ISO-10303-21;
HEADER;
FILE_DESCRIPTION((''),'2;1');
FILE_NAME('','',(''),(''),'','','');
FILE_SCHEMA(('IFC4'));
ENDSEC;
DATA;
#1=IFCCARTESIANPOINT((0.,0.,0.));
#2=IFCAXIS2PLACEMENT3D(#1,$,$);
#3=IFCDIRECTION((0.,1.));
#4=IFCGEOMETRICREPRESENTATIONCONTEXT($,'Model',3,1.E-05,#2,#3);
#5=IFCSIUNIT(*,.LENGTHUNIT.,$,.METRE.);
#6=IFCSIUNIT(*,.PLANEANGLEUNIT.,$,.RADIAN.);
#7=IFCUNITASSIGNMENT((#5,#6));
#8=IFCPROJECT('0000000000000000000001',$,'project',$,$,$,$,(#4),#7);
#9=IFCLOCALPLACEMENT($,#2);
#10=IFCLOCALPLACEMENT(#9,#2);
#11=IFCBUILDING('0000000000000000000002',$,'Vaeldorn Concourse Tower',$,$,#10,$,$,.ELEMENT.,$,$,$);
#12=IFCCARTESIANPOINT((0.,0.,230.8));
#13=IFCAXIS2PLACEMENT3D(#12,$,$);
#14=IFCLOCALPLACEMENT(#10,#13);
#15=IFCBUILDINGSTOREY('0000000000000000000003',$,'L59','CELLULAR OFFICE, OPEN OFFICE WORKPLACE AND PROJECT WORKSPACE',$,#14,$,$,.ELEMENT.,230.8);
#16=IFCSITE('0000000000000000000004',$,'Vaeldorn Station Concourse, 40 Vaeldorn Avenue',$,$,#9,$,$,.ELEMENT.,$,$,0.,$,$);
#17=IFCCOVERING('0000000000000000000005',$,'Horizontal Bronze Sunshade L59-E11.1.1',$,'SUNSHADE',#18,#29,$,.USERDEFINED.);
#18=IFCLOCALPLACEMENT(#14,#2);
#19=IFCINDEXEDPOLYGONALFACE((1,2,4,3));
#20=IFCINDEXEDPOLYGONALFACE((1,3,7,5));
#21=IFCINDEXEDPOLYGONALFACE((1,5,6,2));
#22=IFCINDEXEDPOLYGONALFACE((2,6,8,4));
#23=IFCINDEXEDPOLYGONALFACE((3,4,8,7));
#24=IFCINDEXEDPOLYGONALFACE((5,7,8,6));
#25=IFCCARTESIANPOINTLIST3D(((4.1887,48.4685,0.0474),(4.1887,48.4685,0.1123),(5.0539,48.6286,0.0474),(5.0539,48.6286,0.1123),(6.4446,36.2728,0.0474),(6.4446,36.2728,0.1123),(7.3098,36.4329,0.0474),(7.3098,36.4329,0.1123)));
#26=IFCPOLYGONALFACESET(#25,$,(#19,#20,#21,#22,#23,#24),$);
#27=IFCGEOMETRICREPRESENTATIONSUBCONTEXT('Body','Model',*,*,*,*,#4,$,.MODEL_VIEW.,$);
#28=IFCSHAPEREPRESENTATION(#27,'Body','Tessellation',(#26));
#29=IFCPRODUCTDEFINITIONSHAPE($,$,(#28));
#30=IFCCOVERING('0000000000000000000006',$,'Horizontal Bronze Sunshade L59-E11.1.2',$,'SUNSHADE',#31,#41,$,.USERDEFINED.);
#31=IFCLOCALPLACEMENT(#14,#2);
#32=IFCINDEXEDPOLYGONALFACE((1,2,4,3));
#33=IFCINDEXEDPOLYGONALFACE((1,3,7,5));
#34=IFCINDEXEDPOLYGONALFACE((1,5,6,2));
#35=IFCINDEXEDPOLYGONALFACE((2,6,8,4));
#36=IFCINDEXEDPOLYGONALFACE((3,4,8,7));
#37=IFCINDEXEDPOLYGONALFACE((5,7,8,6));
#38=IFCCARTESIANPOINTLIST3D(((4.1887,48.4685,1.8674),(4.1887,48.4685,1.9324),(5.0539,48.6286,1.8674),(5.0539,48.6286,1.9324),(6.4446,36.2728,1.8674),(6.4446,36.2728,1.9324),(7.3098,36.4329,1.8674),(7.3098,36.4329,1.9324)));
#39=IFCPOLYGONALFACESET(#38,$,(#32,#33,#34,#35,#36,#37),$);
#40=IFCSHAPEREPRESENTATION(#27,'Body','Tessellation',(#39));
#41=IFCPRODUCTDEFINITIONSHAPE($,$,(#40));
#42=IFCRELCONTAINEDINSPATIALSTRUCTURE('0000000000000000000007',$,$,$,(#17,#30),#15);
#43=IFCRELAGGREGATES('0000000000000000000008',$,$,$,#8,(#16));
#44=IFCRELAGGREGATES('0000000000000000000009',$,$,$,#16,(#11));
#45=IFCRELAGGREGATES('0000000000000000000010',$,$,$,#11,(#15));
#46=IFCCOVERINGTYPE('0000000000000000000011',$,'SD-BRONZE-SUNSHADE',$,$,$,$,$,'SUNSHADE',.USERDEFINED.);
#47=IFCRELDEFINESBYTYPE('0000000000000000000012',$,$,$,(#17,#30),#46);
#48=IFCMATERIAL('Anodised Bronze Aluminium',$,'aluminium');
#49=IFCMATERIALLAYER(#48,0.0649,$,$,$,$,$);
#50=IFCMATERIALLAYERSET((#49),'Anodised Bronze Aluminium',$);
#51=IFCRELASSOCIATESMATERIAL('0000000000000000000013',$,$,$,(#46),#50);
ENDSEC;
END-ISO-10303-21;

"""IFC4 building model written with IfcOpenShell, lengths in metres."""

from ifc_helpers import new_model, si_unit, direction, frame, origin, origin_2d, place, context, subcontext, project, spatial, rectangle, extrude, source, transform, mapped, material, layer, layer_set, type_object, element, save


model = new_model("IFC4")

# Units and contexts
model_context = context("Model", 3, precision=1e-05, world=origin(), true_north=direction((0.0, 1.0)))
body_context = subcontext(model_context, "Body", "Model", "MODEL_VIEW")
ifc_project = project(units=[si_unit("LENGTHUNIT", "METRE"), si_unit("PLANEANGLEUNIT", "RADIAN")], contexts=[model_context])

# Site, building, storey
site_placement = place(None, origin())
site = spatial("IfcSite", under=ifc_project, at=site_placement, Name="Vaeldorn Station Concourse, 40 Vaeldorn Avenue", CompositionType="ELEMENT", RefElevation=0.0)
building_placement = place(site_placement, origin())
building = spatial("IfcBuilding", under=site, at=building_placement, Name="Vaeldorn Concourse Tower", CompositionType="ELEMENT")
storey_placement = place(building_placement, frame((0.0, 0.0, 230.8)))
storey = spatial("IfcBuildingStorey", under=building, at=storey_placement, Name="L59", Description="CELLULAR OFFICE, OPEN OFFICE WORKPLACE AND PROJECT WORKSPACE", CompositionType="ELEMENT", Elevation=230.8)

# Shared definitions
ifc_material_1 = material(Name="Anodised Bronze Aluminium", Category="aluminium")

# Coverings
ifc_layer_1 = layer(ifc_material_1, 0.0649)
ifc_layer_set_1 = layer_set([ifc_layer_1], Name="Anodised Bronze Aluminium")
covering_type = type_object("IfcCoveringType", Name="SD-BRONZE-SUNSHADE", ElementType="SUNSHADE", PredefinedType="USERDEFINED", material=ifc_layer_set_1)
shared_shape_1 = source(origin(), body_context, "Body", "SweptSolid", [
    extrude(rectangle(XDim=12.4026, YDim=0.8799, at=origin_2d()), origin(), (0.0, 0.0, 1.0), 0.0649),
])
for number, where, z_axis, x_axis, name in (
    (1, (5.7493, 42.4507, 0.0474), (0.0, 0.0, 1.0), (0.181892, -0.983318, 0.0), "Horizontal Bronze Sunshade L59-E11.1.1"),
    (2, (5.7493, 42.4507, 1.8674), (0.0, 0.0, 1.0), (0.181892, -0.983318, 0.0), "Horizontal Bronze Sunshade L59-E11.1.2"),
):
    element("IfcCovering", number, at=place(storey_placement, frame(where, z_axis=z_axis, x_axis=x_axis)), inside=storey, type_object=covering_type, Name=name, ObjectType="SUNSHADE", PredefinedType="USERDEFINED", context=body_context, shape_type="MappedRepresentation", body=[
        mapped(shared_shape_1, transform((0.0, 0.0, 0.0), scale=1.0)),
    ])

save(model, "model.ifc")
